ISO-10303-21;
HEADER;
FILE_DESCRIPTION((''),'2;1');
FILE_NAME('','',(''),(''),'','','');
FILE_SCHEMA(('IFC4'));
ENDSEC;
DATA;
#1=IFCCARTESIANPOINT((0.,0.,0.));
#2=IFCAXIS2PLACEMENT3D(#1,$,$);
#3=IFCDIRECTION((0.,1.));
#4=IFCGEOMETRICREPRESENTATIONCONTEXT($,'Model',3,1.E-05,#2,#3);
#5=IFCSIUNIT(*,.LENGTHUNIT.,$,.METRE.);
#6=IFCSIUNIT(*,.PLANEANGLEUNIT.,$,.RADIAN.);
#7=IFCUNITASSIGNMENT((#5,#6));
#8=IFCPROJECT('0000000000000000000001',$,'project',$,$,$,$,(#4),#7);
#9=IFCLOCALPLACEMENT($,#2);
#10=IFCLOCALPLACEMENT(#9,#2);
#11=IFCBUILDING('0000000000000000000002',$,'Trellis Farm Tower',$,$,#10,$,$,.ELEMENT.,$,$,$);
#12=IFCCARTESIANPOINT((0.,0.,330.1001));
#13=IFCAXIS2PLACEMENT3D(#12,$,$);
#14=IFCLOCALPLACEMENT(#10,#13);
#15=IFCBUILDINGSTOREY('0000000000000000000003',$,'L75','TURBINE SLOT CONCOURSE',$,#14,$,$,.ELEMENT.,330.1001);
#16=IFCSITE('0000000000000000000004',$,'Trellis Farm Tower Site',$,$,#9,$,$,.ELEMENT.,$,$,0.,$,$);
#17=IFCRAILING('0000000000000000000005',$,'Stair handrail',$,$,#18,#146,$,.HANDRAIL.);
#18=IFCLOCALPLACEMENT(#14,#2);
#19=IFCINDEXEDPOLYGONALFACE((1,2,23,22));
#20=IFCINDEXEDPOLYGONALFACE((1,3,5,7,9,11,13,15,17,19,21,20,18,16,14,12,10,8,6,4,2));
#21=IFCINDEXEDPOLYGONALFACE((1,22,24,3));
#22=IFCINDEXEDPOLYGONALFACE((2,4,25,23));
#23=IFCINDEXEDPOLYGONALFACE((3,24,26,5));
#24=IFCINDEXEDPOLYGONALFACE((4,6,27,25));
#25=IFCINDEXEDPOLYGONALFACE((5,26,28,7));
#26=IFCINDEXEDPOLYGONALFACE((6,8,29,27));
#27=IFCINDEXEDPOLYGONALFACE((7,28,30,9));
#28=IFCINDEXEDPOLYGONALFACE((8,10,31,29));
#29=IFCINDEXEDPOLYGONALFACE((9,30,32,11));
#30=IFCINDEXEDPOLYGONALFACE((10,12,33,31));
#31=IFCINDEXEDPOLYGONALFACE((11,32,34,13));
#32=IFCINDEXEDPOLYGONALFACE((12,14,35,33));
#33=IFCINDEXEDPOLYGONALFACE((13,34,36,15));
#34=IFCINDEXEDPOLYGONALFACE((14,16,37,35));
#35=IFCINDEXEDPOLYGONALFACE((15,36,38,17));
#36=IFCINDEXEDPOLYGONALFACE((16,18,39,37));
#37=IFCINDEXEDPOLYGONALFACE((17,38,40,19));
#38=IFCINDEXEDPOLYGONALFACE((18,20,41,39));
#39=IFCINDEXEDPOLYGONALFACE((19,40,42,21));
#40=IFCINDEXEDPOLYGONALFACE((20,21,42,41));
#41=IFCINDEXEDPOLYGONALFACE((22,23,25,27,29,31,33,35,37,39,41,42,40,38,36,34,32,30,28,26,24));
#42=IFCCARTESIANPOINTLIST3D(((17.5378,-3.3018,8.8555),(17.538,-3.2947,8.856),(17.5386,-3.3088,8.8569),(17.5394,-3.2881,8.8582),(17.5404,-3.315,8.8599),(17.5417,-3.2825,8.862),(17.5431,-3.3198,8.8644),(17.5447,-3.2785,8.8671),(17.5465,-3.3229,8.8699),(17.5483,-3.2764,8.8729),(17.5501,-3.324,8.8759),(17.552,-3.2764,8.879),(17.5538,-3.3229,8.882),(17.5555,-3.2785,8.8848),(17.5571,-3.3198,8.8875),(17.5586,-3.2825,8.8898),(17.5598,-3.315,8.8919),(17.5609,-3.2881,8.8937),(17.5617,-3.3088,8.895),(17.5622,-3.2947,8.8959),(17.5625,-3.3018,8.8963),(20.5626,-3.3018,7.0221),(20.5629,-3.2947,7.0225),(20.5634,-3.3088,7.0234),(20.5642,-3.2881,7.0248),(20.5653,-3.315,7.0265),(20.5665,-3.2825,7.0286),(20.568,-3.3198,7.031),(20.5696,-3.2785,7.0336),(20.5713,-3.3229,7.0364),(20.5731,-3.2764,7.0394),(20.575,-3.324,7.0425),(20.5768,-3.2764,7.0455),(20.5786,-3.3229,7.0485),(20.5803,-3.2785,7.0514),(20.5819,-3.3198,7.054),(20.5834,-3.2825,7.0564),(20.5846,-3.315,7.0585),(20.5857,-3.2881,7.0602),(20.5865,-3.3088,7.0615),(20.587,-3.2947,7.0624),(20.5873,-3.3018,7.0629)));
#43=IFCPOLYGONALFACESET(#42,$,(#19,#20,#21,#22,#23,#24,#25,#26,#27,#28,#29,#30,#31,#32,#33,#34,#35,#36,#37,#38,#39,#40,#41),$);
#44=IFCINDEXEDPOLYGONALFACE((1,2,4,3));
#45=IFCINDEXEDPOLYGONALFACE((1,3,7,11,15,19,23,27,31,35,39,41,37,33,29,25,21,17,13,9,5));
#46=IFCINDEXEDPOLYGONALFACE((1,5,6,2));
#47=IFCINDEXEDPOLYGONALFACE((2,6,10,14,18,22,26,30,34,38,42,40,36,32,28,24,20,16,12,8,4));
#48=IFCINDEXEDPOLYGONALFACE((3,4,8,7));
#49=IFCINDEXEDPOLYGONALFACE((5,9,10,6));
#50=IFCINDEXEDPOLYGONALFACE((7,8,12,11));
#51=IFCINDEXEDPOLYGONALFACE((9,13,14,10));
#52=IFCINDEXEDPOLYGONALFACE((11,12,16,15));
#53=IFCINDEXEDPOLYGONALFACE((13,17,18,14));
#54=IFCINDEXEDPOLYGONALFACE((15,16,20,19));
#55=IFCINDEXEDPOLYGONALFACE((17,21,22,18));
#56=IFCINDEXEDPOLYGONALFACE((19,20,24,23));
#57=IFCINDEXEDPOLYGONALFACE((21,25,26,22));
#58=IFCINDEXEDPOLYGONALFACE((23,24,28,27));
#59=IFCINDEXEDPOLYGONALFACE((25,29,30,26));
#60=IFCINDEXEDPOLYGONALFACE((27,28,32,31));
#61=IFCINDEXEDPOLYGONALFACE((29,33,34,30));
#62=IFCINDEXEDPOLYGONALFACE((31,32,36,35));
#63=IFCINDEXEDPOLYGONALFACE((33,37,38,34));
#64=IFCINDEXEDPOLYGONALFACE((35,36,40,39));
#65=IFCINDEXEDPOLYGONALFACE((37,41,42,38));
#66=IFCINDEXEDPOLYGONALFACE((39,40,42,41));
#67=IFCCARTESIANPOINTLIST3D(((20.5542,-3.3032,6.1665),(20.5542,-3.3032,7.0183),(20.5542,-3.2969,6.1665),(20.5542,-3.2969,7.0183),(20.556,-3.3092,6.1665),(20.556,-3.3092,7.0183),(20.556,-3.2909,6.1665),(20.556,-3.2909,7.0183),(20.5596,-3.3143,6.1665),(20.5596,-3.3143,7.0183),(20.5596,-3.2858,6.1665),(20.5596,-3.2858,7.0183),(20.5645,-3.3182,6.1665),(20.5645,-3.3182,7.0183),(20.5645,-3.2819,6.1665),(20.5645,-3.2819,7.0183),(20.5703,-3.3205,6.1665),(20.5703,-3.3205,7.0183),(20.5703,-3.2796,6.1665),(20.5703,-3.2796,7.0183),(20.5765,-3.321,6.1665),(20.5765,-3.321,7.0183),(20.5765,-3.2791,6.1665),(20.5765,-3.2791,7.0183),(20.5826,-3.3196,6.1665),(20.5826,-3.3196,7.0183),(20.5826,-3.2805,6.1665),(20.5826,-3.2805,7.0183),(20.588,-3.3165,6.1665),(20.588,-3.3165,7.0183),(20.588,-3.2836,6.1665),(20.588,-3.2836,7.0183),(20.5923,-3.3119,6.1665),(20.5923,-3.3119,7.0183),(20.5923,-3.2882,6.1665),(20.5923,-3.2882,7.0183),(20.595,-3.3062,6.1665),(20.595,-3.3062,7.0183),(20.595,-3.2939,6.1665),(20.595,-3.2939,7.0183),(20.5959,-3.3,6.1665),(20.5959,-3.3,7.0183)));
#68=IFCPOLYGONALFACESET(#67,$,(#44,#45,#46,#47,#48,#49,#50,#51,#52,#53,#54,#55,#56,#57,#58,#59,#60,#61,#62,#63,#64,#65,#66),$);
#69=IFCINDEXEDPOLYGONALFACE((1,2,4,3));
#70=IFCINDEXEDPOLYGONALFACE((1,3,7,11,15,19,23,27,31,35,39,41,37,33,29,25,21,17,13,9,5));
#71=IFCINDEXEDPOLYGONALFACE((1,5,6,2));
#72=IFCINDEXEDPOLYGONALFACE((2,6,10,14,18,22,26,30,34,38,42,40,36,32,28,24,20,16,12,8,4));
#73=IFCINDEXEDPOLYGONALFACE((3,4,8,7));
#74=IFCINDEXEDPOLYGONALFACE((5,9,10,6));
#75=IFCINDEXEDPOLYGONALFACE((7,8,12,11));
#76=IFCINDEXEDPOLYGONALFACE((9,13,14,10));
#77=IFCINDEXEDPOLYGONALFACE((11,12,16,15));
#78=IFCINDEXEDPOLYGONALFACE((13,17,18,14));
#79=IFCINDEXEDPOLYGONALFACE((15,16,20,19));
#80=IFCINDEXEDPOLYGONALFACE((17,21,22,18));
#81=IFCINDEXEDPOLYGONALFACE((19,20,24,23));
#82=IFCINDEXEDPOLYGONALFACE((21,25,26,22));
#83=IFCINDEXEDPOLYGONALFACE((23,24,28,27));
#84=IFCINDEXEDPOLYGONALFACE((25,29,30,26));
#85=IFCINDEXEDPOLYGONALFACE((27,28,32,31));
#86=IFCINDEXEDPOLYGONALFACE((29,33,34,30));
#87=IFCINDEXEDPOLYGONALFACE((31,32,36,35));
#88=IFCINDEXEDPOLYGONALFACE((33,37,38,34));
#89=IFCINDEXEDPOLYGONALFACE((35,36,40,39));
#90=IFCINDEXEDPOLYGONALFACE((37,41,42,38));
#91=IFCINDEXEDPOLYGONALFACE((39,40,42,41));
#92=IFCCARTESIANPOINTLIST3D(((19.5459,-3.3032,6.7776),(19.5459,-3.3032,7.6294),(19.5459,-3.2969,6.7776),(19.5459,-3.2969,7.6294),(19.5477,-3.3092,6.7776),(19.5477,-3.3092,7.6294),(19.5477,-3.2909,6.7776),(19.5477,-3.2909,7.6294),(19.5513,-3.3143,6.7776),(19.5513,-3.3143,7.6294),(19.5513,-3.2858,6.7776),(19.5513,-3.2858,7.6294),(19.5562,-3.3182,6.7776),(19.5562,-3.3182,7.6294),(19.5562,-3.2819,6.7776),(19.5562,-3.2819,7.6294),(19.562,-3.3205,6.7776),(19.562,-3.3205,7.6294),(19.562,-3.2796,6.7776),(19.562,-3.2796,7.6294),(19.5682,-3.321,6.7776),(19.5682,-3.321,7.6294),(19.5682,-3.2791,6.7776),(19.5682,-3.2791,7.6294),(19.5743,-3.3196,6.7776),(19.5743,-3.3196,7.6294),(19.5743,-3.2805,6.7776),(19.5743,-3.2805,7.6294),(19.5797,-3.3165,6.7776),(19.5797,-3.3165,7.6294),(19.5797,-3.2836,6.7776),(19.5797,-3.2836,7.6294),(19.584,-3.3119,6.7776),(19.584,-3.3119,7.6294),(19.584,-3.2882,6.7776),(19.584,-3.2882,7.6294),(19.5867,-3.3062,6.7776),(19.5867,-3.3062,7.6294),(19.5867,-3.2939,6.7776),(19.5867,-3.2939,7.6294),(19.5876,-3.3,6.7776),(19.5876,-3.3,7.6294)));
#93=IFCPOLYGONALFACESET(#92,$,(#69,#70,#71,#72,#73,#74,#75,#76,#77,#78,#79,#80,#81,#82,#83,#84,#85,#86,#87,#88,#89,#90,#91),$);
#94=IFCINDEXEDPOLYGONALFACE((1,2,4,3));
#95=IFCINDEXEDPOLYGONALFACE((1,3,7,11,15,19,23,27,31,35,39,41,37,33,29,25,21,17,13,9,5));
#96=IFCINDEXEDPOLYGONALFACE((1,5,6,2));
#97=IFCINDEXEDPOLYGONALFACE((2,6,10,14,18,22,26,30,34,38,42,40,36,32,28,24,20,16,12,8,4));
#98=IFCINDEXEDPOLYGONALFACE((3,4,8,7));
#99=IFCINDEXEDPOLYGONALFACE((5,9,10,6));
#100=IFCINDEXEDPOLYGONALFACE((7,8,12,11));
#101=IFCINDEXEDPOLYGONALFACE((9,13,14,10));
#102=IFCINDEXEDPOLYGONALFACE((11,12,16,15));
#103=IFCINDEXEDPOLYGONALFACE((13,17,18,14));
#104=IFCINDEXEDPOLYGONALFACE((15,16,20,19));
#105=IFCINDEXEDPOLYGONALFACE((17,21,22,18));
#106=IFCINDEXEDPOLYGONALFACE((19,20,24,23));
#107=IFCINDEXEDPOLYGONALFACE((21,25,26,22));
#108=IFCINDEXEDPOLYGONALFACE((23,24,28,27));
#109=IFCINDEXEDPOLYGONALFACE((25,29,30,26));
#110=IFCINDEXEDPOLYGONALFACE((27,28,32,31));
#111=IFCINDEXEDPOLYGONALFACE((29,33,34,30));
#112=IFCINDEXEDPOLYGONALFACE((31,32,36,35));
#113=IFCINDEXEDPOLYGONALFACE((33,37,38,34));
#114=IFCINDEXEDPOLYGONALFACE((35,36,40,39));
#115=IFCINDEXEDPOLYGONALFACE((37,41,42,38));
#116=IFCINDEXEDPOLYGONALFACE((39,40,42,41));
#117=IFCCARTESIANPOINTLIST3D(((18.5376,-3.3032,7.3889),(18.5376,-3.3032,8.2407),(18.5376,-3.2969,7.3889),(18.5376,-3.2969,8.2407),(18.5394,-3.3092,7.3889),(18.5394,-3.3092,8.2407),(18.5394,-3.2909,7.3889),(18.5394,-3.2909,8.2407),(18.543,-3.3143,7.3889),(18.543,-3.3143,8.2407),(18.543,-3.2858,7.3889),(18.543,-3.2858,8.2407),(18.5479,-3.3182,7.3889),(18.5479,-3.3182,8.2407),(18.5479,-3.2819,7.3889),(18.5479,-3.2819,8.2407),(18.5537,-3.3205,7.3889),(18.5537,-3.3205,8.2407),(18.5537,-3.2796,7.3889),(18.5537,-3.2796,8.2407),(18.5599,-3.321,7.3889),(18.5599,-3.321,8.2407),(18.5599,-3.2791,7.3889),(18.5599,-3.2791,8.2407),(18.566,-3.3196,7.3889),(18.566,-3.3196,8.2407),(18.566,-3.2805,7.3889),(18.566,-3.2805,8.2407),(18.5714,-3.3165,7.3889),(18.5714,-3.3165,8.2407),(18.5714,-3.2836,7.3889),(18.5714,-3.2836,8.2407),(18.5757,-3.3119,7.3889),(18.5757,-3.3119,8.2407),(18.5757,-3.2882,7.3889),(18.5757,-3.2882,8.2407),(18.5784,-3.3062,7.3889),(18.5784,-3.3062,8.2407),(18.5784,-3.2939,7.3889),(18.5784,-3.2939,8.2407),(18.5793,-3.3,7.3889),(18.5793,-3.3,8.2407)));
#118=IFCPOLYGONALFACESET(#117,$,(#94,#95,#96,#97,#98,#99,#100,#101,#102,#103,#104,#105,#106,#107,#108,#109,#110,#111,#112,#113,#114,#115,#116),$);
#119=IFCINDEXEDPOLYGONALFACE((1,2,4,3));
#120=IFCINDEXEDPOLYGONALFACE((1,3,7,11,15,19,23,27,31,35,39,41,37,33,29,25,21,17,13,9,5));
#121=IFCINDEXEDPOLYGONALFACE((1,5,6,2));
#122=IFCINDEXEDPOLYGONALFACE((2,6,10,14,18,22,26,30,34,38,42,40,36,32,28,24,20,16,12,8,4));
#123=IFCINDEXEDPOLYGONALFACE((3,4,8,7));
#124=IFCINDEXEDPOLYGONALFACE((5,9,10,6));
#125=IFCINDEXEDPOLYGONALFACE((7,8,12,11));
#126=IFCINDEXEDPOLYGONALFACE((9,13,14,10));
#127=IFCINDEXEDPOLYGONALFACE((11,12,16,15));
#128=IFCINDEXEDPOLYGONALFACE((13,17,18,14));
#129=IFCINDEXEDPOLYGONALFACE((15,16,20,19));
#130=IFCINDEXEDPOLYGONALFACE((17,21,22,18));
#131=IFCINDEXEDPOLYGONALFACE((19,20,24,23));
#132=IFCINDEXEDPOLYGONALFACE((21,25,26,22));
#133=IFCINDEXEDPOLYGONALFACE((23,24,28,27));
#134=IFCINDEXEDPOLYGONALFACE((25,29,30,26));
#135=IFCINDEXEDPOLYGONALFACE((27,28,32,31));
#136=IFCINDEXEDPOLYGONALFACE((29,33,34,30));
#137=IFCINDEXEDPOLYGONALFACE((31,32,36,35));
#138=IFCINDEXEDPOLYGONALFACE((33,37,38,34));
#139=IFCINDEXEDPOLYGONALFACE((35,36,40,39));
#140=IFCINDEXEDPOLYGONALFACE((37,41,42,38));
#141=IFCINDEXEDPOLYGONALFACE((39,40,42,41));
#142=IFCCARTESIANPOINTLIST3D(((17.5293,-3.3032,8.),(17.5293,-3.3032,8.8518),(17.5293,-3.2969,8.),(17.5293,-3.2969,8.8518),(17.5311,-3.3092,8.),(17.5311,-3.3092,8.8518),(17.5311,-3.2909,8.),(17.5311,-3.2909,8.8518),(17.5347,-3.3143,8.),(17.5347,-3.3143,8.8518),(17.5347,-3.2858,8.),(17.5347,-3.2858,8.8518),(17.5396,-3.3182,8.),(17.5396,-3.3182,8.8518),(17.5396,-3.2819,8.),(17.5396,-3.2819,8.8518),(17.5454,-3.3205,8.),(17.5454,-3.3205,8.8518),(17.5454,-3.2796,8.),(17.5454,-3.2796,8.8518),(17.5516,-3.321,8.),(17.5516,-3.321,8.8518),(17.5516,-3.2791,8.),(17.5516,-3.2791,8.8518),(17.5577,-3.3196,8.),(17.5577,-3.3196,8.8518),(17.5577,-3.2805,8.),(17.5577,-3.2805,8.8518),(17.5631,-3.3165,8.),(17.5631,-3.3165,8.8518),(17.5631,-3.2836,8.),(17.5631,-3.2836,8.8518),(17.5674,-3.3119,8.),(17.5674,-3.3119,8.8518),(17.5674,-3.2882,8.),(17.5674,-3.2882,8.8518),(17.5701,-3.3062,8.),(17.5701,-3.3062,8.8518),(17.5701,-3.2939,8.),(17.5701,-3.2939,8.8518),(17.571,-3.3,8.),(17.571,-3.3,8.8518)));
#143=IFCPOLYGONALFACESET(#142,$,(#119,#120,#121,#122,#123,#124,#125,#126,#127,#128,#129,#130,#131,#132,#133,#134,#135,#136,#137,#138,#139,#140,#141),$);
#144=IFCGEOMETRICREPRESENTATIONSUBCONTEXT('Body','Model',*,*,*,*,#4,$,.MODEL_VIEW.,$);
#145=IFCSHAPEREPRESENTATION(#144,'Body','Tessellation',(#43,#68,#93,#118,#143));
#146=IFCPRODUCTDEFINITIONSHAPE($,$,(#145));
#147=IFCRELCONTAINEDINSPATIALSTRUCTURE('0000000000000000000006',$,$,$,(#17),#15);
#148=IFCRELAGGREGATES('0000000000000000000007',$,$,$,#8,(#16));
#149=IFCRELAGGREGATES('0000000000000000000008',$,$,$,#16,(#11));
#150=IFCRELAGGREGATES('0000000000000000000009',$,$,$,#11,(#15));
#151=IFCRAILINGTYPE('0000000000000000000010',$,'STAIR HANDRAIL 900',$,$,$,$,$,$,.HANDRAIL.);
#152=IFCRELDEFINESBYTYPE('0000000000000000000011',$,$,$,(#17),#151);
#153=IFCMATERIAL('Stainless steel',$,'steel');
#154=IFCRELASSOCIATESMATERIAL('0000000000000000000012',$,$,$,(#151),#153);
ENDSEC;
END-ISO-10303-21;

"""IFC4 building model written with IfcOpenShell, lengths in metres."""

from ifc_helpers import new_model, si_unit, direction, frame, origin, origin_2d, place, context, subcontext, project, spatial, circle, extrude, source, transform, mapped, material, type_object, element, save


model = new_model("IFC4")

# Units and contexts
model_context = context("Model", 3, precision=1e-05, world=origin(), true_north=direction((0.0, 1.0)))
body_context = subcontext(model_context, "Body", "Model", "MODEL_VIEW")
ifc_project = project(units=[si_unit("LENGTHUNIT", "METRE"), si_unit("PLANEANGLEUNIT", "RADIAN")], contexts=[model_context])

# Site, building, storey
site_placement = place(None, origin())
site = spatial("IfcSite", under=ifc_project, at=site_placement, Name="Trellis Farm Tower Site", CompositionType="ELEMENT", RefElevation=0.0)
building_placement = place(site_placement, origin())
building = spatial("IfcBuilding", under=site, at=building_placement, Name="Trellis Farm Tower", CompositionType="ELEMENT")
storey_placement = place(building_placement, frame((0.0, 0.0, 330.1001)))
storey = spatial("IfcBuildingStorey", under=building, at=storey_placement, Name="L75", Description="TURBINE SLOT CONCOURSE", CompositionType="ELEMENT", Elevation=330.1001)

# Railing
ifc_material_1 = material(Name="Stainless steel", Category="steel")
railing_type_1 = type_object("IfcRailingType", Name="STAIR HANDRAIL 900", PredefinedType="HANDRAIL", material=ifc_material_1)
shared_shape_1 = source(origin(), body_context, "Body", "SweptSolid", [
    extrude(circle(Radius=0.0239, at=origin_2d()), frame((0.0, 0.0, 0.876), z_axis=(-0.85517, 0.0, 0.518348), x_axis=(0.0, -1.0, 0.0)), (0.0, 0.0, 1.0), 3.5371),
    extrude(circle(Radius=0.021, at=origin_2d()), origin(), (0.0, 0.0, 1.0), 0.8518),
    extrude(circle(Radius=0.021, at=origin_2d()), frame((-1.0083, 0.0, 0.6111)), (0.0, 0.0, 1.0), 0.8518),
    extrude(circle(Radius=0.021, at=origin_2d()), frame((-2.0166, 0.0, 1.2224)), (0.0, 0.0, 1.0), 0.8518),
    extrude(circle(Radius=0.021, at=origin_2d()), frame((-3.0249, 0.0, 1.8335)), (0.0, 0.0, 1.0), 0.8518),
])
for number, where, name in (
    (1, (20.575, -3.3, 6.1665), "Stair handrail"),
):
    element("IfcRailing", number, at=place(storey_placement, frame(where)), inside=storey, type_object=railing_type_1, Name=name, PredefinedType="HANDRAIL", context=body_context, shape_type="MappedRepresentation", body=[
        mapped(shared_shape_1, transform((0.0, 0.0, 0.0))),
    ])

save(model, "model.ifc")
